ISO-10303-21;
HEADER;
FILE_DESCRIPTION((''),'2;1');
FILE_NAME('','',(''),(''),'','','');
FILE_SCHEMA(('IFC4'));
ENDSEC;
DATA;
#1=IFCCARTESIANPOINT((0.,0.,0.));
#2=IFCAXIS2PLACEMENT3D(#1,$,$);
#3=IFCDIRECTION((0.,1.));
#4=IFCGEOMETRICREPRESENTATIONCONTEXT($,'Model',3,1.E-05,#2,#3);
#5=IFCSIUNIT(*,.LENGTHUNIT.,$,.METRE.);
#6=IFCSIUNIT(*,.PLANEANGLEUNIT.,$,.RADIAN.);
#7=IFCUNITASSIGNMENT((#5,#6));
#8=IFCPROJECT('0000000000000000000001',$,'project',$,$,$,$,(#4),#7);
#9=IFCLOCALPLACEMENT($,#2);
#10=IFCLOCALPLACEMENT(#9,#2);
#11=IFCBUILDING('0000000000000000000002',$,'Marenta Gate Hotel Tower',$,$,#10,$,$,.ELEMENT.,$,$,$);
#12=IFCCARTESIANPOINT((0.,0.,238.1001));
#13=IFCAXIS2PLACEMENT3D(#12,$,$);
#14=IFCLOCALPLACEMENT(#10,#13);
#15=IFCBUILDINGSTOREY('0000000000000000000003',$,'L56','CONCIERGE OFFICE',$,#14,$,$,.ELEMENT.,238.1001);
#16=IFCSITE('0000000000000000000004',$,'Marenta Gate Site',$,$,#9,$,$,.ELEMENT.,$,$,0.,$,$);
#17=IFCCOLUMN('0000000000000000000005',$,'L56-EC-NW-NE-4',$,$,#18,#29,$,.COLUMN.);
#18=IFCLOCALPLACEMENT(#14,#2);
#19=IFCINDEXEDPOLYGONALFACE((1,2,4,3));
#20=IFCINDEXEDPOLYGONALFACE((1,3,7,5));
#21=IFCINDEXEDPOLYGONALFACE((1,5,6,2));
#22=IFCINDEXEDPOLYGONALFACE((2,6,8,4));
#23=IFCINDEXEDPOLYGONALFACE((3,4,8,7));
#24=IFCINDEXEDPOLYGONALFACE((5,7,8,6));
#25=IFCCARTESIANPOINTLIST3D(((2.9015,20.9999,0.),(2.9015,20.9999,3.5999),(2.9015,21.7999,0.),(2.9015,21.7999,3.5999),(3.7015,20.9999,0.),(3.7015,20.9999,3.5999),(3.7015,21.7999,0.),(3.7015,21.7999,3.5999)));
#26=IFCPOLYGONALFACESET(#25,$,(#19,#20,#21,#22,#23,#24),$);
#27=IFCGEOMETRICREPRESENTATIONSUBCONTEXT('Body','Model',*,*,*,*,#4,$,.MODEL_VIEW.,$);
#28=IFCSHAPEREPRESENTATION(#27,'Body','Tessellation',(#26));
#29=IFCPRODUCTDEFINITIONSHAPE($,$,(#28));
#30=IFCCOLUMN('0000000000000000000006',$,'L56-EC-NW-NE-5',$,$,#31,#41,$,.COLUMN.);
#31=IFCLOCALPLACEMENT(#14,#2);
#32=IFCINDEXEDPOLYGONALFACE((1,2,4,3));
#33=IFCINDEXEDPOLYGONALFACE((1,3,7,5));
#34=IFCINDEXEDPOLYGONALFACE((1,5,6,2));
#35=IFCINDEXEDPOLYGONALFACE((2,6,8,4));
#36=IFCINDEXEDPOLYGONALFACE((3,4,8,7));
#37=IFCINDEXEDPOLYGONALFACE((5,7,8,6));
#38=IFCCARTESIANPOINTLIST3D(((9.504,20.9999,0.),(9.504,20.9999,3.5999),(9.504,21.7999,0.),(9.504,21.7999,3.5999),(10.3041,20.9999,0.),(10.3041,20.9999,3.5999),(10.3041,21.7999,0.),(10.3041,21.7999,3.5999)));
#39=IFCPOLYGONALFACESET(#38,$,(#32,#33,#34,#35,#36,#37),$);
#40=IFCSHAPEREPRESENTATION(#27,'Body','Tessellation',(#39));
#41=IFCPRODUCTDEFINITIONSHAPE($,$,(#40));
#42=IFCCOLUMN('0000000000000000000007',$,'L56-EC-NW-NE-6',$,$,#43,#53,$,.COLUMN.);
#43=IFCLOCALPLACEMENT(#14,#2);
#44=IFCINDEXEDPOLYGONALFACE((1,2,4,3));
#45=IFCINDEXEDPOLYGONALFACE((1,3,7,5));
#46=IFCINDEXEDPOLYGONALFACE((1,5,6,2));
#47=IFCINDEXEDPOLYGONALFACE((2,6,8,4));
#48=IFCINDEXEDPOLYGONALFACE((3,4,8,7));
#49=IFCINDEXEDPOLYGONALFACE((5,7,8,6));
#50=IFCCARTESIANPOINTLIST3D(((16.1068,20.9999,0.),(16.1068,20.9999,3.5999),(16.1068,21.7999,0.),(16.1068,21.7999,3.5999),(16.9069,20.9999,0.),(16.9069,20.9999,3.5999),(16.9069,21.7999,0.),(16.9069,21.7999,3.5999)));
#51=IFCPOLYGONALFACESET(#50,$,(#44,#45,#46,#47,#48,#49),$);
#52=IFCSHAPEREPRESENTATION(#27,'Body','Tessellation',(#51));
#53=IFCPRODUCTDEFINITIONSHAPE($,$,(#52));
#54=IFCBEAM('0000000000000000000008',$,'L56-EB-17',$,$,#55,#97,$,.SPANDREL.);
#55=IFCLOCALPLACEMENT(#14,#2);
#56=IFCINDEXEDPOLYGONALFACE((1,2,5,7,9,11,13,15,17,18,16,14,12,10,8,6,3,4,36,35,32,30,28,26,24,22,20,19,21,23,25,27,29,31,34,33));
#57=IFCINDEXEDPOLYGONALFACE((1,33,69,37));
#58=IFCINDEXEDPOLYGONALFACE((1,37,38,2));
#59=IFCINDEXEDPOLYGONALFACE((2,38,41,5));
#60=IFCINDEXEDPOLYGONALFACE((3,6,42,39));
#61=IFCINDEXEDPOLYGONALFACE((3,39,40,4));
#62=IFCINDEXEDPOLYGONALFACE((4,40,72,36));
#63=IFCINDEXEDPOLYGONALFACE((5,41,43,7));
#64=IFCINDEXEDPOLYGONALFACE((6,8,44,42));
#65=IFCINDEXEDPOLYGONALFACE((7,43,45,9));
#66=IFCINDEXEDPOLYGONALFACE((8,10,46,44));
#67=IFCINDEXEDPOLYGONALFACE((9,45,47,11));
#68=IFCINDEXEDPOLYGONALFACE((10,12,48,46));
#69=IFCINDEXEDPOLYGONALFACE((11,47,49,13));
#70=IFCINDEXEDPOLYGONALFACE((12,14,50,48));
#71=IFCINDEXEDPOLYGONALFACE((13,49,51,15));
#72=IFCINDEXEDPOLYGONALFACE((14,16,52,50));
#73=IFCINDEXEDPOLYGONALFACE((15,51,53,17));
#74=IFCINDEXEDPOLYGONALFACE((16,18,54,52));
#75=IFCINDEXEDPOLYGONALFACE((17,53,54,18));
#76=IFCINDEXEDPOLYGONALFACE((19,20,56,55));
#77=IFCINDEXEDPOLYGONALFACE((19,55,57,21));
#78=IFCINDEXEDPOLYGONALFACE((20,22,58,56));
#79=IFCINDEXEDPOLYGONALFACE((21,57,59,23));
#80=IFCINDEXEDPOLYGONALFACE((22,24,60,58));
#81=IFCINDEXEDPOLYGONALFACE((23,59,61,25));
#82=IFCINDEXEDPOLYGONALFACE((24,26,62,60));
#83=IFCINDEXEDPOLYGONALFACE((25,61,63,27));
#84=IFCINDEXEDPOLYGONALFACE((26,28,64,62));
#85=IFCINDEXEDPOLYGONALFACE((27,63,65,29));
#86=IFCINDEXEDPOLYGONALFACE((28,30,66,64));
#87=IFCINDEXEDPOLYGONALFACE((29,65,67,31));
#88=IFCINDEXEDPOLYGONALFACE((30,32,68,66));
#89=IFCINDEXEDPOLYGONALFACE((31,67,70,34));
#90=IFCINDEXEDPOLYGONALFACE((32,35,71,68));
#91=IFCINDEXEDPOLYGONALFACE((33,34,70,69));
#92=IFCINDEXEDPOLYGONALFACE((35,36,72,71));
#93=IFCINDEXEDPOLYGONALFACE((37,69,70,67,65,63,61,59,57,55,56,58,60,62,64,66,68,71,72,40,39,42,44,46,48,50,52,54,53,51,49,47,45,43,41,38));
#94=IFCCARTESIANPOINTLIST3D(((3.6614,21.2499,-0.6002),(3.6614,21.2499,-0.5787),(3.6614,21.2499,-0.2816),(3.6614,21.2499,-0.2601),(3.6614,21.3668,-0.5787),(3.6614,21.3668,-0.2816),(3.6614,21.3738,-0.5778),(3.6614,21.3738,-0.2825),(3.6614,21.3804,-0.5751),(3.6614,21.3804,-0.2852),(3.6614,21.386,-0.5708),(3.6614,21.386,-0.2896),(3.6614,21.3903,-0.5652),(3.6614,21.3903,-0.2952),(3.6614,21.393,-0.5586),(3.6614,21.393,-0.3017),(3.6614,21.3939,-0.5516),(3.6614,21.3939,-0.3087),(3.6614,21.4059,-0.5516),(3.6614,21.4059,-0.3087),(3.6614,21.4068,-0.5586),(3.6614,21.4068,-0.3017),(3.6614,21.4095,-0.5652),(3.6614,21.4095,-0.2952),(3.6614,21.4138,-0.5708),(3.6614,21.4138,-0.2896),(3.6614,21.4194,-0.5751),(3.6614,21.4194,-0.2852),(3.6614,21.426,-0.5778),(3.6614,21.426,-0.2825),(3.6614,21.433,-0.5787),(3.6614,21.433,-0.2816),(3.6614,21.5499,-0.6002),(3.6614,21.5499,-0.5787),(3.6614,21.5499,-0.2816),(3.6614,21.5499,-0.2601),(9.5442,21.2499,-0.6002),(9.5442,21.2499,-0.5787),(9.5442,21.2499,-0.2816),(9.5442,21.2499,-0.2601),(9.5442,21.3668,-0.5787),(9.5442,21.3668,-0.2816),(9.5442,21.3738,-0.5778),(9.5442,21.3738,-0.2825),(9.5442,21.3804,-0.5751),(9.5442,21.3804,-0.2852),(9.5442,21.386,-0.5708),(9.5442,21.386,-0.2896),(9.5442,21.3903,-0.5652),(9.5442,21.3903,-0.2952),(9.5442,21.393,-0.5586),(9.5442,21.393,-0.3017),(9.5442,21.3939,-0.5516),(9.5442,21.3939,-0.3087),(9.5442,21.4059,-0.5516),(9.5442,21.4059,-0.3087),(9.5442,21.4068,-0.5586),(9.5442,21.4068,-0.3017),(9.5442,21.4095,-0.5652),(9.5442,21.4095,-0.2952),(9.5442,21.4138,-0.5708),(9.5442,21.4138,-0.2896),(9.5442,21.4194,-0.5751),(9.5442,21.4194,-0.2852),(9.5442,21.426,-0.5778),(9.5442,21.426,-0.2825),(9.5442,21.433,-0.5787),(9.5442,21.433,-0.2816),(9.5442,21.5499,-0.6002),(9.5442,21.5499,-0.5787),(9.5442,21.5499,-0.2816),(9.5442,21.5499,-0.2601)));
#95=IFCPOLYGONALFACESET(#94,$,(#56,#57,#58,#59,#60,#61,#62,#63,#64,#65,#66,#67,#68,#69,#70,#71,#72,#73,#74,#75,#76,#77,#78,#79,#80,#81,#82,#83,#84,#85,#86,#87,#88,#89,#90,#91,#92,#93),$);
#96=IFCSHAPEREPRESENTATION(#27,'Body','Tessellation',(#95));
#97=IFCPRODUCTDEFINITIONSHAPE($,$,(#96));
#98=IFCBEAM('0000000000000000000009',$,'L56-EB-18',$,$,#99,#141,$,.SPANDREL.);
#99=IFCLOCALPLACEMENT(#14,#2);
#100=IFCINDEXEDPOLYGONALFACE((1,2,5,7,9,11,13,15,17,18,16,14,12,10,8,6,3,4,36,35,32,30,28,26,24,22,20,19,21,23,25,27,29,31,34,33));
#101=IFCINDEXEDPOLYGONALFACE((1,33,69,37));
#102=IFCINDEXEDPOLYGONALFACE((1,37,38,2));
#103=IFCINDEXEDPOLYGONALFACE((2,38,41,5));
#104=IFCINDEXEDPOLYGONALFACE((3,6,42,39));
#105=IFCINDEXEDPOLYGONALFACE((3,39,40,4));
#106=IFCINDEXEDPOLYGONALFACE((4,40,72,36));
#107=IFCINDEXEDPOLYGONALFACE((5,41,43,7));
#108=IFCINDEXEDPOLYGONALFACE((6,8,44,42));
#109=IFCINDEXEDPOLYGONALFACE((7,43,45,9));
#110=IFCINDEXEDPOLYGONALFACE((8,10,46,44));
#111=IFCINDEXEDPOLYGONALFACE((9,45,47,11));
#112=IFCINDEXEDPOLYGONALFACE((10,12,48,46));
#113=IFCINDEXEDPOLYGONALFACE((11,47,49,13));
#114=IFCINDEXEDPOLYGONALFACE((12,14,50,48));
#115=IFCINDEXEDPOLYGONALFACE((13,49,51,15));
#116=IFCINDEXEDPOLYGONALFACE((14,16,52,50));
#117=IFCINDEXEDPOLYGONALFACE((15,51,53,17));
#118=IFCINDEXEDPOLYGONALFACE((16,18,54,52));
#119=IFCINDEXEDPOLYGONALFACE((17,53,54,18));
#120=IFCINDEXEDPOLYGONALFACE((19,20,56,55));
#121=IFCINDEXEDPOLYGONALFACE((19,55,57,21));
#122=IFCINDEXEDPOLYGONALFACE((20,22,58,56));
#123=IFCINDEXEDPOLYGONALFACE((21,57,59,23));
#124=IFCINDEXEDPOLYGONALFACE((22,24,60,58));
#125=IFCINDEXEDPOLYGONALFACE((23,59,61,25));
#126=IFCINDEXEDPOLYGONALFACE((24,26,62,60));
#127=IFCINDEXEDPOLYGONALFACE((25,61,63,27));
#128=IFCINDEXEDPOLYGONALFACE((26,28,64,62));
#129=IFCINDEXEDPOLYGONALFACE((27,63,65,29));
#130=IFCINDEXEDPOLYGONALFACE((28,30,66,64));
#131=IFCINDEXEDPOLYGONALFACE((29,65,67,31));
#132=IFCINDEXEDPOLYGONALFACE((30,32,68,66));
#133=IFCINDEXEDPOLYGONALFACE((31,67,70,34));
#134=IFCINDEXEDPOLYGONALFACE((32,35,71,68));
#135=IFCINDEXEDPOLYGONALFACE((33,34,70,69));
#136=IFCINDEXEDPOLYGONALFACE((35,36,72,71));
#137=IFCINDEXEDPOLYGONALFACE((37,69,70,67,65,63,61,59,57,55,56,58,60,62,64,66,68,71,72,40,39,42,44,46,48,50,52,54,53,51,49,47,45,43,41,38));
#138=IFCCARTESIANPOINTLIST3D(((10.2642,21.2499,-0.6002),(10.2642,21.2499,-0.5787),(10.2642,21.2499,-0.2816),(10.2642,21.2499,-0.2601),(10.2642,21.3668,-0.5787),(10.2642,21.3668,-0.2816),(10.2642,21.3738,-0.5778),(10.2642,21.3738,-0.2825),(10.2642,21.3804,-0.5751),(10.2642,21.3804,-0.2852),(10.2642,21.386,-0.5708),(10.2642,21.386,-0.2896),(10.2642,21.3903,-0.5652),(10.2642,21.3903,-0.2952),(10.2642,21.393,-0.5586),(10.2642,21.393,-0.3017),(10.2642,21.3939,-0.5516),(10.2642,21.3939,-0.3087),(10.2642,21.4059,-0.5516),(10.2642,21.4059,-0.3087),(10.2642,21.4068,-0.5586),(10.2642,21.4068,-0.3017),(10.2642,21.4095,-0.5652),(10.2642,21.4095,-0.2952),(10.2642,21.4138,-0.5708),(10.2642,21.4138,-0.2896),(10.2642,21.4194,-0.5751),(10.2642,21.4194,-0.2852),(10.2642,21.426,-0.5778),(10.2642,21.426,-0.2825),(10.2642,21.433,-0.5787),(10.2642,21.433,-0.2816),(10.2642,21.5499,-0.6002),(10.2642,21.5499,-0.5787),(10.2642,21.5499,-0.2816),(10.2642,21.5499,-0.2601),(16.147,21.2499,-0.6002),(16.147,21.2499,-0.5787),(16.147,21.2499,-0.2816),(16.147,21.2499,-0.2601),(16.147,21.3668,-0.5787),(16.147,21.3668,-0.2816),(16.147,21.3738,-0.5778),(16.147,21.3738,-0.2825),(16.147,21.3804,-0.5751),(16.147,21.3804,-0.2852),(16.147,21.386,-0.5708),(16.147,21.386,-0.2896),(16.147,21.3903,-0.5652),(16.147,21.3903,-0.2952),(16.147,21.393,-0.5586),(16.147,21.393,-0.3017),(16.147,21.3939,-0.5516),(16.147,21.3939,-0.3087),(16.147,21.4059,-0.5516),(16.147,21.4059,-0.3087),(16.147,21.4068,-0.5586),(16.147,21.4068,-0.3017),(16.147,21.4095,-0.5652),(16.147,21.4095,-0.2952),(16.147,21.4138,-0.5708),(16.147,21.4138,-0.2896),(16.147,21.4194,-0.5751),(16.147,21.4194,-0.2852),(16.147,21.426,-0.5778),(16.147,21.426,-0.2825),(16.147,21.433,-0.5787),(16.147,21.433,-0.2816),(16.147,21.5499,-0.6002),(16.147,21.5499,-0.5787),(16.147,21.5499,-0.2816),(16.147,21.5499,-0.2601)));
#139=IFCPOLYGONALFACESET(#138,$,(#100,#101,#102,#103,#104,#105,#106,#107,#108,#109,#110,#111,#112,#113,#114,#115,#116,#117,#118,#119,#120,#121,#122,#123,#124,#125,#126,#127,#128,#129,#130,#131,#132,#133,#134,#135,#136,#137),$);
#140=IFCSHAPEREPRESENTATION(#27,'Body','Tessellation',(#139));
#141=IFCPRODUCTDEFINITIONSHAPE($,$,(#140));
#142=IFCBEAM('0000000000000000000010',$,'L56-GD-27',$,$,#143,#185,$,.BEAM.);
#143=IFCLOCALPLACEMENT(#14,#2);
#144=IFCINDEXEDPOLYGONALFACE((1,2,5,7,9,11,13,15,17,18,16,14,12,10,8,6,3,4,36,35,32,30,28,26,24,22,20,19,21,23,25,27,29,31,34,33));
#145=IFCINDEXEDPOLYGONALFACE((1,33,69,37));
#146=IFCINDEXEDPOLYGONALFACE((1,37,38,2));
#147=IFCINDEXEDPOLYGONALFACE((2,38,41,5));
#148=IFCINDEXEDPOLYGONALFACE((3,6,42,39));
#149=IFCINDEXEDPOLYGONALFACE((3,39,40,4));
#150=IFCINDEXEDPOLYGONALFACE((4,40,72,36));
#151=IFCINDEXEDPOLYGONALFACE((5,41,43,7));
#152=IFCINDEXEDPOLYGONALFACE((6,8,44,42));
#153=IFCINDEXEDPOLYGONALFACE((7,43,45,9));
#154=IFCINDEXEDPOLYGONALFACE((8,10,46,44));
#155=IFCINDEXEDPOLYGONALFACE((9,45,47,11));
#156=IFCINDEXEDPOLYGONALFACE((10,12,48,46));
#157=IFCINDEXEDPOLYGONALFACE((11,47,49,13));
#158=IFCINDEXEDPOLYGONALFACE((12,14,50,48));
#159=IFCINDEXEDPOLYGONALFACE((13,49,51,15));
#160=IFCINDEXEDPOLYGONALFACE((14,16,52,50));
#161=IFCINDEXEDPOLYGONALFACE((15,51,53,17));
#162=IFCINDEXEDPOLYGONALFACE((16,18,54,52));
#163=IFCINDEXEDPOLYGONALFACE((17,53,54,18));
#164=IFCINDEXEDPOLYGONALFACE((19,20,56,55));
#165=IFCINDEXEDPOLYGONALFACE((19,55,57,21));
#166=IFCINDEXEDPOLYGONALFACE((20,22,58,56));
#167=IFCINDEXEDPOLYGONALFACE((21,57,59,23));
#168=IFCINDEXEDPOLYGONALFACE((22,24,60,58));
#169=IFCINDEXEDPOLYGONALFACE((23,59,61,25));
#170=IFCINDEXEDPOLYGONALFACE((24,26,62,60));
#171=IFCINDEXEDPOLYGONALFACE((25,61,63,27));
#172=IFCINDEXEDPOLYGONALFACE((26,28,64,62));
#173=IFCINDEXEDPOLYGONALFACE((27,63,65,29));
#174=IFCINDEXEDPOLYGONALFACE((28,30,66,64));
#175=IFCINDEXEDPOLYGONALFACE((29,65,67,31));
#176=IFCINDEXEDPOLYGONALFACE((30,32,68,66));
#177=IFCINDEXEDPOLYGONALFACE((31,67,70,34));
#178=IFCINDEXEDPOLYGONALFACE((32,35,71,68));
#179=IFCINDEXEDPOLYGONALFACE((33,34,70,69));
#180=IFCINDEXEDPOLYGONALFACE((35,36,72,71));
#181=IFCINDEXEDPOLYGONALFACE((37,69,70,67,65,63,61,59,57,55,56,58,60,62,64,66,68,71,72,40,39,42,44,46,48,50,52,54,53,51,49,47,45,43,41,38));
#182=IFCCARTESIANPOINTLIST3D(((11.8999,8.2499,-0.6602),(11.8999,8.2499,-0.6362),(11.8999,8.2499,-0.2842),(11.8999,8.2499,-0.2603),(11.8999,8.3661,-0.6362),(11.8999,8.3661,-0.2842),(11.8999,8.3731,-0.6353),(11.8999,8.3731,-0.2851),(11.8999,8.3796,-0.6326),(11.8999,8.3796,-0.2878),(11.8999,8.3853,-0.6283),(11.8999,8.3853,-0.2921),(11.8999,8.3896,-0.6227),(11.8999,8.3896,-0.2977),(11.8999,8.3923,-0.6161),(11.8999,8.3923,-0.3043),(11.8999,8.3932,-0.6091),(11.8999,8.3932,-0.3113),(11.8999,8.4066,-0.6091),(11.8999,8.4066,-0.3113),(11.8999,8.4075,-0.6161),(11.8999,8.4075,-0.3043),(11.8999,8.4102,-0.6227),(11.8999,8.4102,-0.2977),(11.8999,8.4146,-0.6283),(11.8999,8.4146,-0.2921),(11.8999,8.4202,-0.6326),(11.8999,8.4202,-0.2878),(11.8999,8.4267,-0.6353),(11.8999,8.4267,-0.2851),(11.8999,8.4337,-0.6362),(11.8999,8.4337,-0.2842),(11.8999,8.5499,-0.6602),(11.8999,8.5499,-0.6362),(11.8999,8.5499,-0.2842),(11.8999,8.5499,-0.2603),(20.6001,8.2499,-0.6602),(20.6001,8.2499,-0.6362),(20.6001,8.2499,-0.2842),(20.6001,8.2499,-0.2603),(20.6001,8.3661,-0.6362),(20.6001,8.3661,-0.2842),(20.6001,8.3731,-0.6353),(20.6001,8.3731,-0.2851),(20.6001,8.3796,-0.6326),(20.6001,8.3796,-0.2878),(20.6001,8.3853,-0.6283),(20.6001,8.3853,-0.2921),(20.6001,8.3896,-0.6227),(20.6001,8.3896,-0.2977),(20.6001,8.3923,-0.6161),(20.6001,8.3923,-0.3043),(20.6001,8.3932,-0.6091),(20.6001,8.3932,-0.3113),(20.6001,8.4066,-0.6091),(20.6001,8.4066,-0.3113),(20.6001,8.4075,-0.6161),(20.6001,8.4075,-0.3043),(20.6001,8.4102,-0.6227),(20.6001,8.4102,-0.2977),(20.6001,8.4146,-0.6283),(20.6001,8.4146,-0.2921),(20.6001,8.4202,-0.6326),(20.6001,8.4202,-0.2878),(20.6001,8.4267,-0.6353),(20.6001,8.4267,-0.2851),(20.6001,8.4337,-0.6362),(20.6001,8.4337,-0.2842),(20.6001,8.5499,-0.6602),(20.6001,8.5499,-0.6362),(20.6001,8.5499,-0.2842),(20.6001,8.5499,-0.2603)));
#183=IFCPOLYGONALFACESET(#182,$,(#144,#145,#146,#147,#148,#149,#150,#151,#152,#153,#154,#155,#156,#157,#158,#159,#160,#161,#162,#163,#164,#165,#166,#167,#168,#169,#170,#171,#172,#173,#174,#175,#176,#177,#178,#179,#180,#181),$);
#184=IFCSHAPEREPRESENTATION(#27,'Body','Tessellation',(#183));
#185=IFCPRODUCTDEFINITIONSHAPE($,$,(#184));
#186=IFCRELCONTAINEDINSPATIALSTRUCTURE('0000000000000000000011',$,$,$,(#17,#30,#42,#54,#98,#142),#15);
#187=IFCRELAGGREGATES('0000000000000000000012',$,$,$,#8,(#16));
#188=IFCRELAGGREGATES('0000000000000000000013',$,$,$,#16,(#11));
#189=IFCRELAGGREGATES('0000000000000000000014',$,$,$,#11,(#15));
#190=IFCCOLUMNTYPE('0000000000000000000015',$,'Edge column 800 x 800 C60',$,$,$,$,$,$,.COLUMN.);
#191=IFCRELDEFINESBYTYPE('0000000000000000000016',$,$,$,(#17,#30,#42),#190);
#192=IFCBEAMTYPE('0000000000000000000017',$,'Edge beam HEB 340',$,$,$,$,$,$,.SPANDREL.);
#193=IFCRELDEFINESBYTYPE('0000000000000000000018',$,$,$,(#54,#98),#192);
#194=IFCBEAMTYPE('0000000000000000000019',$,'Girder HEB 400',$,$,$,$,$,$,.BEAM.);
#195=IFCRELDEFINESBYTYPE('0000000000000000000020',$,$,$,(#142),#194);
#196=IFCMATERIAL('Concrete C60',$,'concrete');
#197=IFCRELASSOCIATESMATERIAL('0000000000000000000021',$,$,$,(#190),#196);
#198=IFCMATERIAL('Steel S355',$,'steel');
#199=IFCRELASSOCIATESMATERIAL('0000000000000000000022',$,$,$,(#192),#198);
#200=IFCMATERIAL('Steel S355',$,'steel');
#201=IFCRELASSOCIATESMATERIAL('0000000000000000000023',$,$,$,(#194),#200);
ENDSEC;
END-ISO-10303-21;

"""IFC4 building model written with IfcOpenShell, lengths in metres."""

from ifc_helpers import new_model, si_unit, direction, frame, origin, origin_2d, place, context, subcontext, project, spatial, rectangle, i_section, extrude, material, material_profile, profile_set, type_object, element, save


model = new_model("IFC4")

# Units and contexts
model_context = context("Model", 3, precision=1e-05, world=origin(), true_north=direction((0.0, 1.0)))
body_context = subcontext(model_context, "Body", "Model", "MODEL_VIEW")
ifc_project = project(units=[si_unit("LENGTHUNIT", "METRE"), si_unit("PLANEANGLEUNIT", "RADIAN")], contexts=[model_context])

# Site, building, storey
site_placement = place(None, origin())
site = spatial("IfcSite", under=ifc_project, at=site_placement, Name="Marenta Gate Site", CompositionType="ELEMENT", RefElevation=0.0)
building_placement = place(site_placement, origin())
building = spatial("IfcBuilding", under=site, at=building_placement, Name="Marenta Gate Hotel Tower", CompositionType="ELEMENT")
storey_placement = place(building_placement, frame((0.0, 0.0, 238.1001)))
storey = spatial("IfcBuildingStorey", under=building, at=storey_placement, Name="L56", Description="CONCIERGE OFFICE", CompositionType="ELEMENT", Elevation=238.1001)

# Columns
ifc_material_1 = material(Name="Concrete C60", Category="concrete")
ifc_material_profile_1 = material_profile(ifc_material_1, rectangle(XDim=0.8, YDim=0.8, at=origin_2d()), Name="800 x 800")
ifc_profile_set_1 = profile_set([ifc_material_profile_1], Name="Concrete C60")
column_type = type_object("IfcColumnType", Name="Edge column 800 x 800 C60", PredefinedType="COLUMN", material=ifc_profile_set_1)
for number, where, z_axis, x_axis, name in (
    (1, (3.3015, 21.3999, 0.0), (0.0, 0.0, 1.0), (1.0, 0.0, 0.0), "L56-EC-NW-NE-4"),
    (2, (9.9041, 21.3999, 0.0), (0.0, 0.0, 1.0), (1.0, 0.0, 0.0), "L56-EC-NW-NE-5"),
    (3, (16.5068, 21.3999, 0.0), (0.0, 0.0, 1.0), (1.0, 0.0, 0.0), "L56-EC-NW-NE-6"),
):
    element("IfcColumn", number, at=place(storey_placement, frame(where, z_axis=z_axis, x_axis=x_axis)), inside=storey, type_object=column_type, Name=name, PredefinedType="COLUMN", context=body_context, shape_type="SweptSolid", body=[
        extrude(rectangle(XDim=0.8, YDim=0.8, at=origin_2d()), origin(), (0.0, 0.0, 1.0), 3.5999),
    ])

# Beams
ifc_material_2 = material(Name="Steel S355", Category="steel")
ifc_material_profile_2 = material_profile(ifc_material_2, i_section(OverallWidth=0.3, OverallDepth=0.3401, WebThickness=0.012, FlangeThickness=0.0215, FilletRadius=0.0271, at=origin_2d()), Name="HEB 340")
ifc_profile_set_2 = profile_set([ifc_material_profile_2], Name="Steel S355")
beam_type_1 = type_object("IfcBeamType", Name="Edge beam HEB 340", PredefinedType="SPANDREL", material=ifc_profile_set_2)
for number, where, z_axis, x_axis, name in (
    (4, (3.6614, 21.3999, -0.4302), (1.0, 0.0, 0.0), (0.0, 1.0, 0.0), "L56-EB-17"),
    (5, (10.2642, 21.3999, -0.4302), (1.0, 0.0, 0.0), (0.0, 1.0, 0.0), "L56-EB-18"),
):
    element("IfcBeam", number, at=place(storey_placement, frame(where, z_axis=z_axis, x_axis=x_axis)), inside=storey, type_object=beam_type_1, Name=name, PredefinedType="SPANDREL", context=body_context, shape_type="SweptSolid", body=[
        extrude(i_section(OverallWidth=0.3, OverallDepth=0.3401, WebThickness=0.012, FlangeThickness=0.0215, FilletRadius=0.0271, at=origin_2d()), origin(), (0.0, 0.0, 1.0), 5.8828),
    ])
ifc_material_3 = material(Name="Steel S355", Category="steel")
ifc_material_profile_3 = material_profile(ifc_material_3, i_section(OverallWidth=0.3, OverallDepth=0.3999, WebThickness=0.0134, FlangeThickness=0.0239, FilletRadius=0.0271, at=origin_2d()), Name="HEB 400")
ifc_profile_set_3 = profile_set([ifc_material_profile_3], Name="Steel S355")
beam_type_2 = type_object("IfcBeamType", Name="Girder HEB 400", PredefinedType="BEAM", material=ifc_profile_set_3)
for number, where, z_axis, x_axis, name in (
    (6, (11.8999, 8.3999, -0.4602), (1.0, 0.0, 0.0), (0.0, 1.0, 0.0), "L56-GD-27"),
):
    element("IfcBeam", number, at=place(storey_placement, frame(where, z_axis=z_axis, x_axis=x_axis)), inside=storey, type_object=beam_type_2, Name=name, PredefinedType="BEAM", context=body_context, shape_type="SweptSolid", body=[
        extrude(i_section(OverallWidth=0.3, OverallDepth=0.3999, WebThickness=0.0134, FlangeThickness=0.0239, FilletRadius=0.0271, at=origin_2d()), origin(), (0.0, 0.0, 1.0), 8.7002),
    ])

save(model, "model.ifc")
